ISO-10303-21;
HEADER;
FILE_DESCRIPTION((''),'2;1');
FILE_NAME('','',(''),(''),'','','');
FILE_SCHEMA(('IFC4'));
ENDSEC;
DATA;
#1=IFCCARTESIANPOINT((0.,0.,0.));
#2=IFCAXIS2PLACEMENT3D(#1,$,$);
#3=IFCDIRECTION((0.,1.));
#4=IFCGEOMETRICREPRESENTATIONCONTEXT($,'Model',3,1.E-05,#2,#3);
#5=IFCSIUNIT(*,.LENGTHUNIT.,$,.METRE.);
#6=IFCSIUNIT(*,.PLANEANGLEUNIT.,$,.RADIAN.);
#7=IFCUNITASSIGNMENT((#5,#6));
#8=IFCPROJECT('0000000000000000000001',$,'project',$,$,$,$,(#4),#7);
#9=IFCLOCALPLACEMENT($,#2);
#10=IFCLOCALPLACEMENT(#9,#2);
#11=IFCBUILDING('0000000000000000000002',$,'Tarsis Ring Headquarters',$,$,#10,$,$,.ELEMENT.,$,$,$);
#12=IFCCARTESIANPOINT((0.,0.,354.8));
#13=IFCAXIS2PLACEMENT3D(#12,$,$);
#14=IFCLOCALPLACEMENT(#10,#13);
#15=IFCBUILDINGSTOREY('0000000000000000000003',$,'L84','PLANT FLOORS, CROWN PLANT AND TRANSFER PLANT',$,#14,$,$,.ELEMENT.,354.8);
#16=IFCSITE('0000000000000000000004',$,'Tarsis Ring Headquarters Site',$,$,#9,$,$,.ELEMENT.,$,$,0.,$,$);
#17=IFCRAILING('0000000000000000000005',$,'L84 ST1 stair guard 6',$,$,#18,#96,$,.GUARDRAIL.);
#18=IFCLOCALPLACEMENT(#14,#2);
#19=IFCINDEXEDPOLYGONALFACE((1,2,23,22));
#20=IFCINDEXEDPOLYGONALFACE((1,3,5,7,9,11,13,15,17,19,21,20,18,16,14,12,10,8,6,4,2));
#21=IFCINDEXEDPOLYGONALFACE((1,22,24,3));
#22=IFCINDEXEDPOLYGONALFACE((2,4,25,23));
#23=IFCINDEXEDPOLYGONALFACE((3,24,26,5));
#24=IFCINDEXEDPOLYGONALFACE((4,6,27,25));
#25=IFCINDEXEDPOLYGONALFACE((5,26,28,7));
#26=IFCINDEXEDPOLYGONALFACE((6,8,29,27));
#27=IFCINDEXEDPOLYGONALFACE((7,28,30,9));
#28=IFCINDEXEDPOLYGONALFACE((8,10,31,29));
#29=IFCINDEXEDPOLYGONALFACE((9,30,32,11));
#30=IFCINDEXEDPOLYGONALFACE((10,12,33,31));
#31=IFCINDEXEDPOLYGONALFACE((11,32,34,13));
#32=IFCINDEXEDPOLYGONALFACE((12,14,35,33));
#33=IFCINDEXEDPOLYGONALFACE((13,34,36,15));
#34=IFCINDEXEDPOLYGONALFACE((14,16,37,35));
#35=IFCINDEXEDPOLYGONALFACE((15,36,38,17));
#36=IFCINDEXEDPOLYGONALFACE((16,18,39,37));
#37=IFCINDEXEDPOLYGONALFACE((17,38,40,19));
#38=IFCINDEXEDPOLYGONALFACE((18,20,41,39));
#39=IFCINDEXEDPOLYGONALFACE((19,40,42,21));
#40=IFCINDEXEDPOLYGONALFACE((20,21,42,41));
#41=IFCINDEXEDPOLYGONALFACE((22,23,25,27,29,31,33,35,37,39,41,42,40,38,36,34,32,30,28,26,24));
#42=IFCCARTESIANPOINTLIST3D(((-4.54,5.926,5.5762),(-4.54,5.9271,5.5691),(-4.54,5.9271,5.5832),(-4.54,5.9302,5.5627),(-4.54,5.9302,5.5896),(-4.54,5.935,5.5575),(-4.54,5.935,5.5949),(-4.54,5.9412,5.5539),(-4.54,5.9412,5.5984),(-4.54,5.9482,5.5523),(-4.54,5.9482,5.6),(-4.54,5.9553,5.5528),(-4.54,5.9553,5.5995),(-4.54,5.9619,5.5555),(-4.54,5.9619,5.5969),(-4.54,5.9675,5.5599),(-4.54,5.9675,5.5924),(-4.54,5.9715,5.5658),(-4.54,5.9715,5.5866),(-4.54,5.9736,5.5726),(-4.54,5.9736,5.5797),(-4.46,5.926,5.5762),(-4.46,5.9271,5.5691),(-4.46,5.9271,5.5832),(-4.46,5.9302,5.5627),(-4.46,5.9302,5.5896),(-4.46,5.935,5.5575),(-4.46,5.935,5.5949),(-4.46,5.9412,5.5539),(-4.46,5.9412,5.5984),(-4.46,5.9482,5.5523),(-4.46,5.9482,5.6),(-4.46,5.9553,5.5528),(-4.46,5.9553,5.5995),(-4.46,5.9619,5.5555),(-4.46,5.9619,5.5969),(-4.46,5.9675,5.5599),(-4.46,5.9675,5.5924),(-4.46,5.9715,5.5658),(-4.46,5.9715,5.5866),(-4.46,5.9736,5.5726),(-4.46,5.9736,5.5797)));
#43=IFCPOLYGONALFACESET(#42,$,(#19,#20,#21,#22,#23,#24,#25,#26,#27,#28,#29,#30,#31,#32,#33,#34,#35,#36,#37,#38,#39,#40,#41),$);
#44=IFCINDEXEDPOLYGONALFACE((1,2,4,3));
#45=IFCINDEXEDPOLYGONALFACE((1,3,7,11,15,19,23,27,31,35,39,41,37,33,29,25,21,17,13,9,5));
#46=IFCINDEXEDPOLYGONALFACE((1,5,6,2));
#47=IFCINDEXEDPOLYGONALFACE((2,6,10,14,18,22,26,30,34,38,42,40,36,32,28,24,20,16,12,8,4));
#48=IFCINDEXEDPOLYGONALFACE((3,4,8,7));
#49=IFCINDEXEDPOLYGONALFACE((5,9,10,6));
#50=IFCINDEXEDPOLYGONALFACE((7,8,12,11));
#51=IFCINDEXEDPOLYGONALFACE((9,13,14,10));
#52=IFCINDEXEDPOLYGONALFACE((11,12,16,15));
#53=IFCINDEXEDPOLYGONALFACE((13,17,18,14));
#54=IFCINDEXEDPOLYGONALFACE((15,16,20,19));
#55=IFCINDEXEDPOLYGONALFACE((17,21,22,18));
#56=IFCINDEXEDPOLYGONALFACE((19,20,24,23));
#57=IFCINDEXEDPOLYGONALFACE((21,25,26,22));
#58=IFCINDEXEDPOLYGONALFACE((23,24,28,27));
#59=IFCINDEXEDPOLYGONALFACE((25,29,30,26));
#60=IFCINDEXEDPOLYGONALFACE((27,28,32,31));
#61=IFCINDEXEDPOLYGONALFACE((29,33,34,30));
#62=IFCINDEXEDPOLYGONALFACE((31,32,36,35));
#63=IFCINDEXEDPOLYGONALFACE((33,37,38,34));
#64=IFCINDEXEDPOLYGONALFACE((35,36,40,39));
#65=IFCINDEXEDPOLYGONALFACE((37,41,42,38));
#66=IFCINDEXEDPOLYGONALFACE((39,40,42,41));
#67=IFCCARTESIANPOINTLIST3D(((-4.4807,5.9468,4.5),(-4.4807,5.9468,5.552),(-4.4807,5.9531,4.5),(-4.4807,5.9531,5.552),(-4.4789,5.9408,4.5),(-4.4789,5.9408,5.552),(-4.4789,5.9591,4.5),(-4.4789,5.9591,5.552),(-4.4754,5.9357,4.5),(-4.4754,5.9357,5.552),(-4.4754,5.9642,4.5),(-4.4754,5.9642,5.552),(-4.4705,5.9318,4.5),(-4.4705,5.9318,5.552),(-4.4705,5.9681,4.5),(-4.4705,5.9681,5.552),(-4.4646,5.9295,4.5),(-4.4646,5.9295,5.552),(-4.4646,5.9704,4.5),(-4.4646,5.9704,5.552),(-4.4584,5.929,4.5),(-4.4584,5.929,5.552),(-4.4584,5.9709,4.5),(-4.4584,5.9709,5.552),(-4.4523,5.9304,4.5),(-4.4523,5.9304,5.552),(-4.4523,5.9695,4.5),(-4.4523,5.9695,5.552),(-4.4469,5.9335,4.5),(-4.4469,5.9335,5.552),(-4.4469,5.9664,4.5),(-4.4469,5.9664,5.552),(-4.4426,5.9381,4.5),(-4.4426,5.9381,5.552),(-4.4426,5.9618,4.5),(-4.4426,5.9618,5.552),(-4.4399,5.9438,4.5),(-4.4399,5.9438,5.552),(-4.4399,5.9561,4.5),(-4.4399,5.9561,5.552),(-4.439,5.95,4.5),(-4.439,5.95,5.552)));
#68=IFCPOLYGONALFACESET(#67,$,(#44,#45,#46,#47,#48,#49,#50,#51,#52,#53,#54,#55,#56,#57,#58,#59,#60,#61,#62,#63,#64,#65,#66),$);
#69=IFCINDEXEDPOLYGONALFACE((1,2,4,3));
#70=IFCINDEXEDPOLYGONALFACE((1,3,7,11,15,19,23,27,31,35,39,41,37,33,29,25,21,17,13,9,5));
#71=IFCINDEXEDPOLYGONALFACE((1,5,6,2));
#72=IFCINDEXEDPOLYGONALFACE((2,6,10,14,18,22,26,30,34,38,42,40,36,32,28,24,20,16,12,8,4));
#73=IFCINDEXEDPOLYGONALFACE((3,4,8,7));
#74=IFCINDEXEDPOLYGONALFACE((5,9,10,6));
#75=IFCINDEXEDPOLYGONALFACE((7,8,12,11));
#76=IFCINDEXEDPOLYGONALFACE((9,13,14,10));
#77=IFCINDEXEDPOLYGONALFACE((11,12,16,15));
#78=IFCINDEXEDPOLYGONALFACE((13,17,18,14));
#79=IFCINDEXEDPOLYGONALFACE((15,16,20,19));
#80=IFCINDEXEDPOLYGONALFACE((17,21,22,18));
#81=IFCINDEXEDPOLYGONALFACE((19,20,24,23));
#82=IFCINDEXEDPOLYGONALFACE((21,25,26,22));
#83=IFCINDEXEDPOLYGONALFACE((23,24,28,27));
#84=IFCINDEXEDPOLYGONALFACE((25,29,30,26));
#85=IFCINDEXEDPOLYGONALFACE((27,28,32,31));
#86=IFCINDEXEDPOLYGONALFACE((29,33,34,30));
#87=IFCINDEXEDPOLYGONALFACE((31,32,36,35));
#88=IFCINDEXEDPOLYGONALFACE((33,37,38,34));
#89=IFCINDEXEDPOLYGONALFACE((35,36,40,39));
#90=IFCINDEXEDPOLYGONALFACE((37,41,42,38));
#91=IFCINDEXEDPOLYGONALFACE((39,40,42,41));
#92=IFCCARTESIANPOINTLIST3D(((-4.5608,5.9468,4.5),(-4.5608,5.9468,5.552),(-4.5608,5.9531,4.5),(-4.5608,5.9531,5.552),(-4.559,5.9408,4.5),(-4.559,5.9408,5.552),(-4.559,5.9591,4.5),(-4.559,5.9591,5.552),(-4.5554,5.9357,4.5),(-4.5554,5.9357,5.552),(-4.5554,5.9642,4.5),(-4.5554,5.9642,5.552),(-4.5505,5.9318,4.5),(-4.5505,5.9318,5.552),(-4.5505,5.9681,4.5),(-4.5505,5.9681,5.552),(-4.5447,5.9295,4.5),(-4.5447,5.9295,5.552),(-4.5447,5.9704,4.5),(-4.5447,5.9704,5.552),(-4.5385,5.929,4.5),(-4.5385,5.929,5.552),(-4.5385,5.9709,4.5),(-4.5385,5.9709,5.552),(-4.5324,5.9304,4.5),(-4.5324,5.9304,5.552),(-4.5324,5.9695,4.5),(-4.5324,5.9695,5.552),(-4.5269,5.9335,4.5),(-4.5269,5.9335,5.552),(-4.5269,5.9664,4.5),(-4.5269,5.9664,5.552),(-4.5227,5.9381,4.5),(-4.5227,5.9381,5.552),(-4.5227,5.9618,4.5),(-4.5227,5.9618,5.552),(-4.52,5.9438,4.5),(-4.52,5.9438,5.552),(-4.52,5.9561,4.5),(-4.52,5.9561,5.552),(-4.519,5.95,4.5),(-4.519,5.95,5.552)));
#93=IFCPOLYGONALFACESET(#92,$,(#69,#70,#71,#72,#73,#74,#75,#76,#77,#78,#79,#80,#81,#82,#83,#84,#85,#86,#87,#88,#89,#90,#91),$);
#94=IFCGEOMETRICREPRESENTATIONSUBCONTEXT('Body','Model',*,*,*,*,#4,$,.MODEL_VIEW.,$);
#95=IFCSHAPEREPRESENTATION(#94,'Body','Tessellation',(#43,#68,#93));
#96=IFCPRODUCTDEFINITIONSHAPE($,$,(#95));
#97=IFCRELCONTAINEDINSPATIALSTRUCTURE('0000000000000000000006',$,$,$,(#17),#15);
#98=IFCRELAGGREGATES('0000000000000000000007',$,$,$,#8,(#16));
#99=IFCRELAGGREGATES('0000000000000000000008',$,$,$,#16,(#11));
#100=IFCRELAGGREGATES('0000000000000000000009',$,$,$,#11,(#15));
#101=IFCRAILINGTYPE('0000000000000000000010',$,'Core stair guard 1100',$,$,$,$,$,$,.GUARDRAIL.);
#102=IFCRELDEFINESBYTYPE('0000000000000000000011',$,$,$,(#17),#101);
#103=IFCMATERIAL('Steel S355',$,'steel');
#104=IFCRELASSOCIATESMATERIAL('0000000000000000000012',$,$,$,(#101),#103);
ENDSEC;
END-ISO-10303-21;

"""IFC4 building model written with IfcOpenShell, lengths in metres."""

from ifc_helpers import new_model, si_unit, direction, frame, origin, origin_2d, place, context, subcontext, project, spatial, circle, extrude, material, type_object, element, save


model = new_model("IFC4")

# Units and contexts
model_context = context("Model", 3, precision=1e-05, world=origin(), true_north=direction((0.0, 1.0)))
body_context = subcontext(model_context, "Body", "Model", "MODEL_VIEW")
ifc_project = project(units=[si_unit("LENGTHUNIT", "METRE"), si_unit("PLANEANGLEUNIT", "RADIAN")], contexts=[model_context])

# Site, building, storey
site_placement = place(None, origin())
site = spatial("IfcSite", under=ifc_project, at=site_placement, Name="Tarsis Ring Headquarters Site", CompositionType="ELEMENT", RefElevation=0.0)
building_placement = place(site_placement, origin())
building = spatial("IfcBuilding", under=site, at=building_placement, Name="Tarsis Ring Headquarters", CompositionType="ELEMENT")
storey_placement = place(building_placement, frame((0.0, 0.0, 354.8)))
storey = spatial("IfcBuildingStorey", under=building, at=storey_placement, Name="L84", Description="PLANT FLOORS, CROWN PLANT AND TRANSFER PLANT", CompositionType="ELEMENT", Elevation=354.8)

# Shared definitions
ifc_material_1 = material(Name="Steel S355", Category="steel")

# Railing
railing_type_1 = type_object("IfcRailingType", Name="Core stair guard 1100", PredefinedType="GUARDRAIL", material=ifc_material_1)
railing_1_placement = place(storey_placement, frame((-4.46, 5.95, 4.5)))
element("IfcRailing", 1, at=railing_1_placement, inside=storey, type_object=railing_type_1, Name="L84 ST1 stair guard 6", PredefinedType="GUARDRAIL", context=body_context, shape_type="SweptSolid", body=[
    extrude(circle(Radius=0.0239, at=origin_2d()), frame((0.0, 0.0, 1.0762), z_axis=(-1.0, 0.0, 0.0), x_axis=(0.0, -1.0, 0.0)), (0.0, 0.0, 1.0), 0.0801),
    extrude(circle(Radius=0.021, at=origin_2d()), origin(), (0.0, 0.0, 1.0), 1.052),
    extrude(circle(Radius=0.021, at=origin_2d()), frame((-0.0801, 0.0, 0.0)), (0.0, 0.0, 1.0), 1.052),
])

save(model, "model.ifc")
